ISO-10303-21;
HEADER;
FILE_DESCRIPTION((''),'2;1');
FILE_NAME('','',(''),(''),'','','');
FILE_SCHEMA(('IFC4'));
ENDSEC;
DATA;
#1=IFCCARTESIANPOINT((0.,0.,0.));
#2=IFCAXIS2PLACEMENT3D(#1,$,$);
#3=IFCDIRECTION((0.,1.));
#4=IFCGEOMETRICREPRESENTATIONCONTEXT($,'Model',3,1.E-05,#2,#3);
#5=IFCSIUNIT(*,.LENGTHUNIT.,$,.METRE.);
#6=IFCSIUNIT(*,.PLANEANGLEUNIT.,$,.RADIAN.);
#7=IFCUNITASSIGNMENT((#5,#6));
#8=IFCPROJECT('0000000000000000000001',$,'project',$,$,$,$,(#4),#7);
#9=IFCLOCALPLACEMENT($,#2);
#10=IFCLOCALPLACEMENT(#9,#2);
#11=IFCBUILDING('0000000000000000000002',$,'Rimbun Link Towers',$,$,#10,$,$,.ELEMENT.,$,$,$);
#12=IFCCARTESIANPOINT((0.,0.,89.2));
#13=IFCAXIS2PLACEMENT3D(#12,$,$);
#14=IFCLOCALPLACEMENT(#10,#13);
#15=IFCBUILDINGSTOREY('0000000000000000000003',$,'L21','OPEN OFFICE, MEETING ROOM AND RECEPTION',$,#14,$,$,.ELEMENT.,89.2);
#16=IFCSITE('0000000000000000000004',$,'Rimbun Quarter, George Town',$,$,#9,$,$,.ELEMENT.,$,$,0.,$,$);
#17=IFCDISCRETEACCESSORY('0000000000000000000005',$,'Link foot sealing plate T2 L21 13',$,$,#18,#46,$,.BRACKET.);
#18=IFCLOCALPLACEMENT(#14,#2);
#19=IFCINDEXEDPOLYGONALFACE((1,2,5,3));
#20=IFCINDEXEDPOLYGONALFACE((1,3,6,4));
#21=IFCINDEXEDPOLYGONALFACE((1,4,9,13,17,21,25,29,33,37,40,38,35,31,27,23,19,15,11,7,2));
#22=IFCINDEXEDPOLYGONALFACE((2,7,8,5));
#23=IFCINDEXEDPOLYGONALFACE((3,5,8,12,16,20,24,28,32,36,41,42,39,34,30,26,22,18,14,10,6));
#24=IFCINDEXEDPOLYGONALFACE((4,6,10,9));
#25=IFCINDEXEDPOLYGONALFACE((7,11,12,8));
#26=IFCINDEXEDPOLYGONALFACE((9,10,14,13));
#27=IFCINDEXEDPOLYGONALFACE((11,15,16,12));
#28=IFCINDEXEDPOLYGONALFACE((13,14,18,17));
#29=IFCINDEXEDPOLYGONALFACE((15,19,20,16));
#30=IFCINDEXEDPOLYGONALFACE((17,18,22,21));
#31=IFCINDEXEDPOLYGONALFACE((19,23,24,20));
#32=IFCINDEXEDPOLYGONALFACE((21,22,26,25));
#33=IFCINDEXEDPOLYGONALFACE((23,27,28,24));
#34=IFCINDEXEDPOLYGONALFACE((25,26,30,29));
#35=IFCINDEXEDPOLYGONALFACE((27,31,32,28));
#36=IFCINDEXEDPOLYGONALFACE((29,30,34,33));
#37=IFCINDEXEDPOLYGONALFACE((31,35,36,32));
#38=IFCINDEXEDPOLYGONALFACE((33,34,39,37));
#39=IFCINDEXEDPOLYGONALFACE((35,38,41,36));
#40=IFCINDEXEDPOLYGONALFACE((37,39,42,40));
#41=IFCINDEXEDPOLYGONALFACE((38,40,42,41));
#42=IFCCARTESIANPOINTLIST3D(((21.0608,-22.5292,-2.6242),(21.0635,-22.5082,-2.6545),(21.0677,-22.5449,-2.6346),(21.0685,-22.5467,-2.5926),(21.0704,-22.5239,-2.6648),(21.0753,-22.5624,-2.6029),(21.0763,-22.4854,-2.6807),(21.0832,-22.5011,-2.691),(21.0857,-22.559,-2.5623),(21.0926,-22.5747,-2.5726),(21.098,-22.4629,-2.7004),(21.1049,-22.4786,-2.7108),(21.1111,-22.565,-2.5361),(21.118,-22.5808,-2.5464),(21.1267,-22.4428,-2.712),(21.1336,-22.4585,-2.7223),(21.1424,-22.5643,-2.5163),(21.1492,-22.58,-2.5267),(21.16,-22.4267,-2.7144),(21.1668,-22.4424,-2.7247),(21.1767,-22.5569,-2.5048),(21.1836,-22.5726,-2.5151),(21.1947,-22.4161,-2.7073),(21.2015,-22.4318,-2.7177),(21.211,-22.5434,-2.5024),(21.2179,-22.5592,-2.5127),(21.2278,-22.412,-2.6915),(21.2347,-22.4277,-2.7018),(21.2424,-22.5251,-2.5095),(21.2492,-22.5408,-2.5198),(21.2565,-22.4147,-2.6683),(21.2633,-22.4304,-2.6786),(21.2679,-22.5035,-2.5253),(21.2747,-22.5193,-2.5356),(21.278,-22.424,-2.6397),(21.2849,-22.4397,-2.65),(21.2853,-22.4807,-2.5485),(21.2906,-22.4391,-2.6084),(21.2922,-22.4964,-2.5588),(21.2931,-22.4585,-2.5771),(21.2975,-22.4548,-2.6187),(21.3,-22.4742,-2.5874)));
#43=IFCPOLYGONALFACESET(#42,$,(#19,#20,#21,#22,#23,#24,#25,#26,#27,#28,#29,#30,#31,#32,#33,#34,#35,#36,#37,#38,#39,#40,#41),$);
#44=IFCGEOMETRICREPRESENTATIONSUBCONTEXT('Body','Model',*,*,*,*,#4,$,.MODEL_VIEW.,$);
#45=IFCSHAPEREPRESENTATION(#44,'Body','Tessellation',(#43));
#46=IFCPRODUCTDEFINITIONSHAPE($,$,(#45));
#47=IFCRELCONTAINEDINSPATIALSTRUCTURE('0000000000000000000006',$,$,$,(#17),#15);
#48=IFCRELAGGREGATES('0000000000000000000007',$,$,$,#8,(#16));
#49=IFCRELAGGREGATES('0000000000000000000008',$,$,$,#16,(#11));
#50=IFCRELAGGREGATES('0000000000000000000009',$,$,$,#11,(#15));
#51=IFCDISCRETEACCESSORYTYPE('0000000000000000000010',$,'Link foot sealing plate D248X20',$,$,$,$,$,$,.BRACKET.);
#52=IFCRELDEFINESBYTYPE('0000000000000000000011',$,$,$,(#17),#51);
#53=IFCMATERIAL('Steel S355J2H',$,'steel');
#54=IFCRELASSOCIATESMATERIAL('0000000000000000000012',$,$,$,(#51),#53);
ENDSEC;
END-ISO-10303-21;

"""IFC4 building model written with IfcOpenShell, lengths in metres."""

from ifc_helpers import new_model, si_unit, direction, frame, origin, origin_2d, place, context, subcontext, project, spatial, circle, extrude, material, material_profile, profile_set, type_object, element, save


model = new_model("IFC4")

# Units and contexts
model_context = context("Model", 3, precision=1e-05, world=origin(), true_north=direction((0.0, 1.0)))
body_context = subcontext(model_context, "Body", "Model", "MODEL_VIEW")
ifc_project = project(units=[si_unit("LENGTHUNIT", "METRE"), si_unit("PLANEANGLEUNIT", "RADIAN")], contexts=[model_context])

# Site, building, storey
site_placement = place(None, origin())
site = spatial("IfcSite", under=ifc_project, at=site_placement, Name="Rimbun Quarter, George Town", CompositionType="ELEMENT", RefElevation=0.0)
building_placement = place(site_placement, origin())
building = spatial("IfcBuilding", under=site, at=building_placement, Name="Rimbun Link Towers", CompositionType="ELEMENT")
storey_placement = place(building_placement, frame((0.0, 0.0, 89.2)))
storey = spatial("IfcBuildingStorey", under=building, at=storey_placement, Name="L21", Description="OPEN OFFICE, MEETING ROOM AND RECEPTION", CompositionType="ELEMENT", Elevation=89.2)

# Discrete accessory
ifc_material_1 = material(Name="Steel S355J2H", Category="steel")
ifc_material_profile_1 = material_profile(ifc_material_1, circle(Radius=0.124, at=origin_2d()), Name="PL D248")
ifc_profile_set_1 = profile_set([ifc_material_profile_1], Name="Steel S355J2H")
discrete_accessory_type = type_object("IfcDiscreteAccessoryType", Name="Link foot sealing plate D248X20", PredefinedType="BRACKET", material=ifc_profile_set_1)
discrete_accessory_placement = place(storey_placement, frame((21.177, -22.4888, -2.6084), z_axis=(0.343513, -0.785173, -0.51527), x_axis=(0.916157, 0.400819, 0.0)))
element("IfcDiscreteAccessory", 1, at=discrete_accessory_placement, inside=storey, type_object=discrete_accessory_type, Name="Link foot sealing plate T2 L21 13", PredefinedType="BRACKET", context=body_context, shape_type="SweptSolid", body=[
    extrude(circle(Radius=0.124, at=origin_2d()), origin(), (0.0, 0.0, 1.0), 0.02),
])

save(model, "model.ifc")
